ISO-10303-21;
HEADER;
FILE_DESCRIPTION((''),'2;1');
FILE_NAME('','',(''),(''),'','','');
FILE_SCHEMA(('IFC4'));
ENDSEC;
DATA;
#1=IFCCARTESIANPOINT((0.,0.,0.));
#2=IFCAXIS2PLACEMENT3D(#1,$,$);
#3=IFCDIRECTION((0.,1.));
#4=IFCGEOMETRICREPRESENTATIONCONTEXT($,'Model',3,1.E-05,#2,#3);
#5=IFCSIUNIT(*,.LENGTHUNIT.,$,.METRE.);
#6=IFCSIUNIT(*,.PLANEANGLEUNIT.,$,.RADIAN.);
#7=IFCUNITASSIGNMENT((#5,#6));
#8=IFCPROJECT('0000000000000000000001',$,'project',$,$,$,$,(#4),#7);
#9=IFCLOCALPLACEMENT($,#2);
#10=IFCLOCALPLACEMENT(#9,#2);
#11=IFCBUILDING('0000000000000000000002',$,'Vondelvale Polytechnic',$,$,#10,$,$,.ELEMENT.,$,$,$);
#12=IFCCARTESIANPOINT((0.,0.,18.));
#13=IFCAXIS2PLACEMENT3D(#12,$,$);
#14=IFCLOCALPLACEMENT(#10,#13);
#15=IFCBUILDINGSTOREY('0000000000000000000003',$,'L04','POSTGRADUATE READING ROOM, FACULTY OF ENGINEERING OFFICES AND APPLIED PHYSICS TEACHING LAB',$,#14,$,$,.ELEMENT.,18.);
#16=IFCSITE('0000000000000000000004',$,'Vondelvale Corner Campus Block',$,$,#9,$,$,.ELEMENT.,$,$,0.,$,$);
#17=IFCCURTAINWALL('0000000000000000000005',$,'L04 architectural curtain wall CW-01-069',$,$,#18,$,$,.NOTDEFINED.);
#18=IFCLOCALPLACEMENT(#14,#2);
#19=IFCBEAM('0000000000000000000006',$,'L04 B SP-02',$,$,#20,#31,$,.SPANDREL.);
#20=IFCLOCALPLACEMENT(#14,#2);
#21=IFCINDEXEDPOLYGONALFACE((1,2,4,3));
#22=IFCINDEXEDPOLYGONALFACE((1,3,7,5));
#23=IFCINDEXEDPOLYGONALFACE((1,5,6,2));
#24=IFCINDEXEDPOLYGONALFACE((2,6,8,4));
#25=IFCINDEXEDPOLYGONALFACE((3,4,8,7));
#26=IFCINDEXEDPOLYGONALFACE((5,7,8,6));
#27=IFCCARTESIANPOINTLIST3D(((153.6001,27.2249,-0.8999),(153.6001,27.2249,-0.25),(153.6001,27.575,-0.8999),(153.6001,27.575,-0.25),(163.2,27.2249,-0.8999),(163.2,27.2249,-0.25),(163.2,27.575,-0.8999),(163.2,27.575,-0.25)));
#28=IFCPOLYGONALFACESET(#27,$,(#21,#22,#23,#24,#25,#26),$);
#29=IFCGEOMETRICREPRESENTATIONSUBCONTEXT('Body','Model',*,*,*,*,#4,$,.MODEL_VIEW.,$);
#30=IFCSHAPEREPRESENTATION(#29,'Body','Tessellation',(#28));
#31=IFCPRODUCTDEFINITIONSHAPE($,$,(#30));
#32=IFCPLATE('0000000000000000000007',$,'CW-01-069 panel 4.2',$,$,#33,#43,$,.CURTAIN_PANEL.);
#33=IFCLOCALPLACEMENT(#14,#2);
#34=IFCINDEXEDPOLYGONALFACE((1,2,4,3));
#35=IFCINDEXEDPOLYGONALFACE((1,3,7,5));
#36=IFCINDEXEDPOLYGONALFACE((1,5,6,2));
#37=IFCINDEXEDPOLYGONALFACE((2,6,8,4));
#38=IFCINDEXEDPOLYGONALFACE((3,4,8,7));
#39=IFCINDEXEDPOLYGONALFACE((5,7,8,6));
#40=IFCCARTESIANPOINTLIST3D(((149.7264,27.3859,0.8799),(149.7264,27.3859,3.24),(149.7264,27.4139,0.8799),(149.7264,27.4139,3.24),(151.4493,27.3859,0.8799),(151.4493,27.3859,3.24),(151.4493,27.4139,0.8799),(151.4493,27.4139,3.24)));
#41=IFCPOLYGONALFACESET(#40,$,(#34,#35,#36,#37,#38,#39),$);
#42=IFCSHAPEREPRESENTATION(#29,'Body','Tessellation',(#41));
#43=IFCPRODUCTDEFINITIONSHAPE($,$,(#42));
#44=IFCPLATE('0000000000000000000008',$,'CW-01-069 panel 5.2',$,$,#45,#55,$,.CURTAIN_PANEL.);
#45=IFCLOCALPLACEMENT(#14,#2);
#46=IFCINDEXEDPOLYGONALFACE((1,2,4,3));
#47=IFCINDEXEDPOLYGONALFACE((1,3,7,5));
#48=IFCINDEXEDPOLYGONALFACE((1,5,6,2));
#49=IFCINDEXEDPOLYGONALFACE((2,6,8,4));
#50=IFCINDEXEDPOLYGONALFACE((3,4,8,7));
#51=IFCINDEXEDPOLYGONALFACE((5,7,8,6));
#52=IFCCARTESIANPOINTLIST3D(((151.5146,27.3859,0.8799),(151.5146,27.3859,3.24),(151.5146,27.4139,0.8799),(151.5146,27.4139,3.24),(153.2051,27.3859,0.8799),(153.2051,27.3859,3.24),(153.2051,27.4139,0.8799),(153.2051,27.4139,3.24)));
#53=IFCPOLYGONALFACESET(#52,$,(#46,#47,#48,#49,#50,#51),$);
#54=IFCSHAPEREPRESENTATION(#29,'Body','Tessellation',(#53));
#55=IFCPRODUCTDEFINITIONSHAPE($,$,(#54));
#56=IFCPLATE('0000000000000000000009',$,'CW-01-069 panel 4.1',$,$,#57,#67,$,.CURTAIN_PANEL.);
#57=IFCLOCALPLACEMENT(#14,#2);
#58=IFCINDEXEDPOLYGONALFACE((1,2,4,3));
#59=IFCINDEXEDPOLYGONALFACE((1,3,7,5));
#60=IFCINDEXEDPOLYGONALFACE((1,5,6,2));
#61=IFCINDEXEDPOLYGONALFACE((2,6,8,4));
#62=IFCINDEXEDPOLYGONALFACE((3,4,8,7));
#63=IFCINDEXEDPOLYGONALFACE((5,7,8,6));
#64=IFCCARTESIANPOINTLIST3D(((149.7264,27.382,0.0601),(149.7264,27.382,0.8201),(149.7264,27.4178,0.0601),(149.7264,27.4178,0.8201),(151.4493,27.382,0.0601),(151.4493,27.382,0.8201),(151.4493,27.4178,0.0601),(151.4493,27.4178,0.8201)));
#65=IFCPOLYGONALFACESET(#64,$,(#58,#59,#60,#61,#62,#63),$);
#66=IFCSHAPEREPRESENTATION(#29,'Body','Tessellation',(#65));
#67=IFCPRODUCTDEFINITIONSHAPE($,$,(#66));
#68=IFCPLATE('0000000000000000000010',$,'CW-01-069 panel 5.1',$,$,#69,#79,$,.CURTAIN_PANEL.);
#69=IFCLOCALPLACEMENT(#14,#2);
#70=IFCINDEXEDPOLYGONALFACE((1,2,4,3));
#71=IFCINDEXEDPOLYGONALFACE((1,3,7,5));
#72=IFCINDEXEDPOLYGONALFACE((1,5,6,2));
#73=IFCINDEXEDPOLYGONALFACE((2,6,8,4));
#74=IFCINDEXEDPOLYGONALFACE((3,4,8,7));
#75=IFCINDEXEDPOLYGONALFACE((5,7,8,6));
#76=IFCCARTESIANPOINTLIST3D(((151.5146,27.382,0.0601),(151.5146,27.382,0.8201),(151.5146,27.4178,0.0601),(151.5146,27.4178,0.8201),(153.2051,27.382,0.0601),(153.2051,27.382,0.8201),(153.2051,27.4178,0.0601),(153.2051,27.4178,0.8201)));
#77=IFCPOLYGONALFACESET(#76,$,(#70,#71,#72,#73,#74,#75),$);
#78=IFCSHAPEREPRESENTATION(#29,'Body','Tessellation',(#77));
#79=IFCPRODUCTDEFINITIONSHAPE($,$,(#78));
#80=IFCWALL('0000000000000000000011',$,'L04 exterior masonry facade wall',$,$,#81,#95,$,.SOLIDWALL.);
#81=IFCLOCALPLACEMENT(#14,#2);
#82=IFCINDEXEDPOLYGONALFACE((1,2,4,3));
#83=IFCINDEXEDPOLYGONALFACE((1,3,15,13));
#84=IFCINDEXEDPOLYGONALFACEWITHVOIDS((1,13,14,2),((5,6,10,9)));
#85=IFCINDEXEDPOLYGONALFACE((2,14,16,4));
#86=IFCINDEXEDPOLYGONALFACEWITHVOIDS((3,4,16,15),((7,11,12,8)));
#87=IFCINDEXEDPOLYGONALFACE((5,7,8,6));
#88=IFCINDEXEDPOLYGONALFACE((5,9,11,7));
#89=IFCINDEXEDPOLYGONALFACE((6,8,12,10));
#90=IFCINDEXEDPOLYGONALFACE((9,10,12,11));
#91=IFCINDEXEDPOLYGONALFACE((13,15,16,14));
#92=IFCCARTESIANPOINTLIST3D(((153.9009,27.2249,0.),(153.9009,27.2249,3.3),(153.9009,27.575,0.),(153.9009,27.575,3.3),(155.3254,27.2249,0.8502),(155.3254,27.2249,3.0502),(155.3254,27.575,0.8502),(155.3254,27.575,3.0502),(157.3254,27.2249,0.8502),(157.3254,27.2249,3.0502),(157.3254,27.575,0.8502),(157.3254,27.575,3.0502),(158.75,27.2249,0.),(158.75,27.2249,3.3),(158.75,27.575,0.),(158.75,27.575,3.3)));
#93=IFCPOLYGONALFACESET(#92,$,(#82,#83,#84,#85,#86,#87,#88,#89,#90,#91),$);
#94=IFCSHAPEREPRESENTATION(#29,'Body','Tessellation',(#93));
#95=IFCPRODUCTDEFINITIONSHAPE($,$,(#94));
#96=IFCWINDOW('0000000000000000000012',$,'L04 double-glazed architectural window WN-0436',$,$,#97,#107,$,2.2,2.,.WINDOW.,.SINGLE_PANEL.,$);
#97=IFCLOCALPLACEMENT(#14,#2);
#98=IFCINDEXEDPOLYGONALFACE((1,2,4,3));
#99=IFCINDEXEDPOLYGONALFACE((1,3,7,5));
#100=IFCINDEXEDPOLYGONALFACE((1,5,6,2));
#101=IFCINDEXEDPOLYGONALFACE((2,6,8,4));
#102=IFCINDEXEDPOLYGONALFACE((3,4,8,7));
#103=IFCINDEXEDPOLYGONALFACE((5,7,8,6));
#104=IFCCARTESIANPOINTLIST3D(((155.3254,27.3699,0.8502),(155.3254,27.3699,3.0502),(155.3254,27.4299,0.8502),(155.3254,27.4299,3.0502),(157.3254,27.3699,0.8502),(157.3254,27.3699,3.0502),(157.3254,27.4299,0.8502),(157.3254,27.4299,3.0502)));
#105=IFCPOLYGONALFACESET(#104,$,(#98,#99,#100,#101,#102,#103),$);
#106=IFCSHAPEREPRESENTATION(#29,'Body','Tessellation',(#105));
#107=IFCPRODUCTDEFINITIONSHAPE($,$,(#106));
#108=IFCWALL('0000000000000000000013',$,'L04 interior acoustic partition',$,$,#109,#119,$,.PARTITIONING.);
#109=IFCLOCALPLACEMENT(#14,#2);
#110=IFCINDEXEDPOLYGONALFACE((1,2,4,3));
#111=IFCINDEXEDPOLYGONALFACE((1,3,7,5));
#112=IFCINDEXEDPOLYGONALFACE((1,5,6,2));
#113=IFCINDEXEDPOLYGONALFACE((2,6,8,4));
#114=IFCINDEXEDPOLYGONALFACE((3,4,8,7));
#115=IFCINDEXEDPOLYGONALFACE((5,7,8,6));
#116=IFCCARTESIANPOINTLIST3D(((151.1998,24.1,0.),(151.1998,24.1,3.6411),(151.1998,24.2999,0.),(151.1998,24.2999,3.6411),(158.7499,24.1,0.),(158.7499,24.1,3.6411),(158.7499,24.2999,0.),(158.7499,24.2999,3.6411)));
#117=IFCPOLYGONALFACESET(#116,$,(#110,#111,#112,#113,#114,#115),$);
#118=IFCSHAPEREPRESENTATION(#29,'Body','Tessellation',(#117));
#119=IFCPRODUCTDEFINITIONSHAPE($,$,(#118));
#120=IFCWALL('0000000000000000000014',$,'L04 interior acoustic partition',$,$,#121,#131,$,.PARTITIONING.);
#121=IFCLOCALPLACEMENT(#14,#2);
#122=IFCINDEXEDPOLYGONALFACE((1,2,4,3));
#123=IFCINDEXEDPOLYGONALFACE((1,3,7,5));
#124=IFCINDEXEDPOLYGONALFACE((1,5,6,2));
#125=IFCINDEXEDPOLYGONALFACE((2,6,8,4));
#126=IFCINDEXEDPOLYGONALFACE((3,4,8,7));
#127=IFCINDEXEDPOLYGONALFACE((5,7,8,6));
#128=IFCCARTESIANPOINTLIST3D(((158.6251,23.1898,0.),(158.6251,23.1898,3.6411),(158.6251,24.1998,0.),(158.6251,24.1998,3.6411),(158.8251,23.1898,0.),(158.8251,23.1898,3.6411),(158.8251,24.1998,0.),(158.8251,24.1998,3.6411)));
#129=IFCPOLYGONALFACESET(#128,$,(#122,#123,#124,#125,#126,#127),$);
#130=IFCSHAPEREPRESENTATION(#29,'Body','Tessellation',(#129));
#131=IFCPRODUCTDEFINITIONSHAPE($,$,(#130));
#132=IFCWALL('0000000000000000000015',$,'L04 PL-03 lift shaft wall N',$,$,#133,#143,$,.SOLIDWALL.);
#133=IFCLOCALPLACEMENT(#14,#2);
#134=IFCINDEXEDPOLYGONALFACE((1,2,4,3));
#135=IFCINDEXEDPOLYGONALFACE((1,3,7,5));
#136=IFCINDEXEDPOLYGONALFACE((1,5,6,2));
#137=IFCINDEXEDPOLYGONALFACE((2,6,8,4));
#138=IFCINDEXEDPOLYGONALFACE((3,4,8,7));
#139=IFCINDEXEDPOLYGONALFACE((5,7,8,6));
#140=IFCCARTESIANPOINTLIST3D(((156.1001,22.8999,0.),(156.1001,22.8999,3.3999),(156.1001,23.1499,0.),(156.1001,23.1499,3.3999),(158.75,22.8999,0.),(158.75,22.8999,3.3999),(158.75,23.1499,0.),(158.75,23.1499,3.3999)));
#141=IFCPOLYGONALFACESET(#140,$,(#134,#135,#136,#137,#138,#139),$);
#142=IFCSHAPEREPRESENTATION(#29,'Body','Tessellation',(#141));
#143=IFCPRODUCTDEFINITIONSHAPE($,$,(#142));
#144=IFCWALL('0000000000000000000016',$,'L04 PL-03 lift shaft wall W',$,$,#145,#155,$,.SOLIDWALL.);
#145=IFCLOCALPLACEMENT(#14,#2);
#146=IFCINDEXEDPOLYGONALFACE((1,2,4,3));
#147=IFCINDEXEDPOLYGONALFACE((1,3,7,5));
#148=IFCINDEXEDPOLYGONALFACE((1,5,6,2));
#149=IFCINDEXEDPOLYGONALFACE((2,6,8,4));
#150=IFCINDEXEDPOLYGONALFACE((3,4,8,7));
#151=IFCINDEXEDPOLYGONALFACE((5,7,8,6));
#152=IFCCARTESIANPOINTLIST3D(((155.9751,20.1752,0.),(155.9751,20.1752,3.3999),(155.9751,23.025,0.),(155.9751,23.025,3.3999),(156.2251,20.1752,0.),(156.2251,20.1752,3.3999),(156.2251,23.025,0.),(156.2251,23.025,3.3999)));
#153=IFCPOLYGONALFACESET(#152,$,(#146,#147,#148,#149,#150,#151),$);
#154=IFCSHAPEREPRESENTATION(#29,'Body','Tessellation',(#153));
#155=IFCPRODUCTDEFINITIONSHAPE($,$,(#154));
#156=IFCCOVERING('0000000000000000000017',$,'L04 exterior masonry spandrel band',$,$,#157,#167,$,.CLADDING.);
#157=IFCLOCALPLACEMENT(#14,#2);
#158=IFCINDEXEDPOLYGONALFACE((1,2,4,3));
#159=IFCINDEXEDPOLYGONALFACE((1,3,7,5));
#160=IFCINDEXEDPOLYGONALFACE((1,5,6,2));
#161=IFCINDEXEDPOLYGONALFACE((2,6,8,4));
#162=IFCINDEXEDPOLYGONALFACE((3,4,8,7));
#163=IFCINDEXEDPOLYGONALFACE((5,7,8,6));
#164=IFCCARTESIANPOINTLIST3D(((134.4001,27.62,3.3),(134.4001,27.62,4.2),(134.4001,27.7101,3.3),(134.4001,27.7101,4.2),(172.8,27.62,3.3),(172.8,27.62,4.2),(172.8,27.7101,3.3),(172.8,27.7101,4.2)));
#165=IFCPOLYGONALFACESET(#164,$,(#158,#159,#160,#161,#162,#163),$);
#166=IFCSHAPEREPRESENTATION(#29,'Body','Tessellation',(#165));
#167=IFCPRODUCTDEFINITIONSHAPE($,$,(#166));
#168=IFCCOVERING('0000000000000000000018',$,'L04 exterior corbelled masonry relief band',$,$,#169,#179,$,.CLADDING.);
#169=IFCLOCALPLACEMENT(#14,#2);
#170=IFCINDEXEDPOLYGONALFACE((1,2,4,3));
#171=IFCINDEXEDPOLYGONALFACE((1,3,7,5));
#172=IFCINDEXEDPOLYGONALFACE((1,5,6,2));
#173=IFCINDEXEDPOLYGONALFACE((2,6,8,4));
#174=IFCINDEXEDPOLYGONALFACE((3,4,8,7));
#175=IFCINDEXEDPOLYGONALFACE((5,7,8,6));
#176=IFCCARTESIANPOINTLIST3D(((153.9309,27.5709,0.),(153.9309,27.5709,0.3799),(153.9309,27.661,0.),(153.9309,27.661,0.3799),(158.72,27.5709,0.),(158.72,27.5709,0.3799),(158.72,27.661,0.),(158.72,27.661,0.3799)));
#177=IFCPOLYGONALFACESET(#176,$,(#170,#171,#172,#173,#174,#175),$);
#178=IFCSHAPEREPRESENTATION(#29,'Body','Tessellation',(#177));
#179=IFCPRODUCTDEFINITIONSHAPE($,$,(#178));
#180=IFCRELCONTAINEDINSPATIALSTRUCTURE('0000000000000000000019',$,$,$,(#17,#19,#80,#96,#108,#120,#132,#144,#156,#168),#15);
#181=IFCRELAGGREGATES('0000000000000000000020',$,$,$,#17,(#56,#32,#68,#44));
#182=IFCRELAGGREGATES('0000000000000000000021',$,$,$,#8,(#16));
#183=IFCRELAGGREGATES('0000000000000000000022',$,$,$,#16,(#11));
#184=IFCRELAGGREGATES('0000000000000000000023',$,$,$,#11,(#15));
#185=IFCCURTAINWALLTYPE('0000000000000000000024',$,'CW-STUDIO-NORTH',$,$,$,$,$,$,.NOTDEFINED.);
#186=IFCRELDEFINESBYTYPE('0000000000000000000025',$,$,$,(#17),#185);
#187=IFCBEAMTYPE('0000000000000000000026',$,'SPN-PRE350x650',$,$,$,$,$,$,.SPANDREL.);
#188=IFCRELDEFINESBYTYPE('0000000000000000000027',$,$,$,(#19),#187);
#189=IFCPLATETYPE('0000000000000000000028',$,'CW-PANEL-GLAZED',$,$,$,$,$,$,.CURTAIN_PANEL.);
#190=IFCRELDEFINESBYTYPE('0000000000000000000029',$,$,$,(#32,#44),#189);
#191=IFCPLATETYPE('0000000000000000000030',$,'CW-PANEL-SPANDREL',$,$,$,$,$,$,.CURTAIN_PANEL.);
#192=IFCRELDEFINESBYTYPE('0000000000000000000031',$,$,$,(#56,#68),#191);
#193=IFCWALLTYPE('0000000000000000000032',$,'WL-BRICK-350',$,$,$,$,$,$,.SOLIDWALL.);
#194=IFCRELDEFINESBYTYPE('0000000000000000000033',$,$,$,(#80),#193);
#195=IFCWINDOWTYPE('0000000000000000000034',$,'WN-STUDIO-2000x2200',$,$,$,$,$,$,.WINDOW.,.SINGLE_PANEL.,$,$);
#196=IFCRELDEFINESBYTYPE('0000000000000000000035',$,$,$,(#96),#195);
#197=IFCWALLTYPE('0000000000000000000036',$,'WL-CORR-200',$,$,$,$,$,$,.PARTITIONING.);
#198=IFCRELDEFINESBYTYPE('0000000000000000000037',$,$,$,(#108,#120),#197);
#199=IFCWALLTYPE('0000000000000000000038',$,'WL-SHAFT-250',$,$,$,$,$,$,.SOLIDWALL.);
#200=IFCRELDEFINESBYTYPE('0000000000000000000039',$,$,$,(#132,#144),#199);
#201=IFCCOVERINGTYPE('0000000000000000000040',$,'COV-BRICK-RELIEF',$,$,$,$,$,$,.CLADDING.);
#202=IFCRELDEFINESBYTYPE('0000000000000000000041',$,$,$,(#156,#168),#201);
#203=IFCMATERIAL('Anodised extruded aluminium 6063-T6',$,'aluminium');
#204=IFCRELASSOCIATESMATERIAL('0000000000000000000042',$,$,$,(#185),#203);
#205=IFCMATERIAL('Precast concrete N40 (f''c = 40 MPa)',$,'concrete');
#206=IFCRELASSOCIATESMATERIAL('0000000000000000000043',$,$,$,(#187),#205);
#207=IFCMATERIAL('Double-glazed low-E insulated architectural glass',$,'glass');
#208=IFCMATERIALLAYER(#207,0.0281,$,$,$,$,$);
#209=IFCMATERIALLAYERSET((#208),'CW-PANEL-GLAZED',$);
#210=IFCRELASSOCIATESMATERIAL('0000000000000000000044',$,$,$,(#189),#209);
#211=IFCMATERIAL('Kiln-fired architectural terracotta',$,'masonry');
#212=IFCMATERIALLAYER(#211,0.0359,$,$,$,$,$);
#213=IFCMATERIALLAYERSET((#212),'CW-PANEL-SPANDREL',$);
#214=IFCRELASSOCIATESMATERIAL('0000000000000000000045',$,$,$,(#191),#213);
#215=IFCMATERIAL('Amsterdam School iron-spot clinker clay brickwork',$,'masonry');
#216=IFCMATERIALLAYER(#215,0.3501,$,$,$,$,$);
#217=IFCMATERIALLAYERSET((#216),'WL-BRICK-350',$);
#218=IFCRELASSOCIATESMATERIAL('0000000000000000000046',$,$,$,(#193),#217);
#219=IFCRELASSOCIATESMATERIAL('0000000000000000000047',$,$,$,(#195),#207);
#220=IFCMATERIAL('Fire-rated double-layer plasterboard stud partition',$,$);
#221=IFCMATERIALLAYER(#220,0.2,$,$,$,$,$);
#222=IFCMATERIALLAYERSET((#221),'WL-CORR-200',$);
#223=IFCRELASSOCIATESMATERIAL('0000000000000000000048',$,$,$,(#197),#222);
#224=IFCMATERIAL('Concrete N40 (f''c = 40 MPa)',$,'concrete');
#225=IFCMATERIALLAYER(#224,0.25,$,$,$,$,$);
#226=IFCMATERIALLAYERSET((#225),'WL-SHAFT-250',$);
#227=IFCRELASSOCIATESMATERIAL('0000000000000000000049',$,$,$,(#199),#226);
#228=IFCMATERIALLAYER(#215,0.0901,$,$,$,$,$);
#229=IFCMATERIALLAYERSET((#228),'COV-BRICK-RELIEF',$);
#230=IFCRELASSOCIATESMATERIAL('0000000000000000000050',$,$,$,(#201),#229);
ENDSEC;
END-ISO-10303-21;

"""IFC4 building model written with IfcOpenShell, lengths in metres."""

from ifc_helpers import new_model, si_unit, direction, frame, frame_2d, origin, origin_2d, place, context, subcontext, project, spatial, rectangle, extrude, material, layer, layer_set, material_profile, profile_set, type_object, element, fill, aggregate, save


model = new_model("IFC4")

# Units and contexts
model_context = context("Model", 3, precision=1e-05, world=origin(), true_north=direction((0.0, 1.0)))
body_context = subcontext(model_context, "Body", "Model", "MODEL_VIEW")
ifc_project = project(units=[si_unit("LENGTHUNIT", "METRE"), si_unit("PLANEANGLEUNIT", "RADIAN")], contexts=[model_context])

# Site, building, storey
site_placement = place(None, origin())
site = spatial("IfcSite", under=ifc_project, at=site_placement, Name="Vondelvale Corner Campus Block", CompositionType="ELEMENT", RefElevation=0.0)
building_placement = place(site_placement, origin())
building = spatial("IfcBuilding", under=site, at=building_placement, Name="Vondelvale Polytechnic", CompositionType="ELEMENT")
storey_placement = place(building_placement, frame((0.0, 0.0, 18.0)))
storey = spatial("IfcBuildingStorey", under=building, at=storey_placement, Name="L04", Description="POSTGRADUATE READING ROOM, FACULTY OF ENGINEERING OFFICES AND APPLIED PHYSICS TEACHING LAB", CompositionType="ELEMENT", Elevation=18.0)

# Shared definitions
ifc_material_1 = material(Name="Concrete N40 (f'c = 40 MPa)", Category="concrete")

# Curtain wall
ifc_material_2 = material(Name="Anodised extruded aluminium 6063-T6", Category="aluminium")
curtain_wall_type = type_object("IfcCurtainWallType", Name="CW-STUDIO-NORTH", PredefinedType="NOTDEFINED", material=ifc_material_2)
curtain_wall_placement = place(storey_placement, origin())
curtain_wall = element("IfcCurtainWall", 1, at=curtain_wall_placement, inside=storey, type_object=curtain_wall_type, Name="L04 architectural curtain wall CW-01-069", PredefinedType="NOTDEFINED")

# Beam
ifc_material_3 = material(Name="Precast concrete N40 (f'c = 40 MPa)", Category="concrete")
ifc_material_profile_1 = material_profile(ifc_material_3, rectangle(XDim=0.3501, YDim=0.6499, at=origin_2d()), Name="RC-SPN-350x650")
ifc_profile_set_1 = profile_set([ifc_material_profile_1], Name="Precast concrete N40 (f'c = 40 MPa)")
beam_type_1 = type_object("IfcBeamType", Name="SPN-PRE350x650", PredefinedType="SPANDREL", material=ifc_profile_set_1)
beam_1_placement = place(storey_placement, frame((153.6001, 27.3999, -0.575), z_axis=(1.0, 0.0, 0.0), x_axis=(0.0, 1.0, 0.0)))
element("IfcBeam", 2, at=beam_1_placement, inside=storey, type_object=beam_type_1, Name="L04 B SP-02", PredefinedType="SPANDREL", context=body_context, shape_type="SweptSolid", body=[
    extrude(rectangle(XDim=0.3501, YDim=0.6499, at=origin_2d()), origin(), (0.0, 0.0, 1.0), 9.5999),
])

# Plates
ifc_material_4 = material(Name="Double-glazed low-E insulated architectural glass", Category="glass")
ifc_layer_1 = layer(ifc_material_4, 0.0281)
ifc_layer_set_1 = layer_set([ifc_layer_1], Name="CW-PANEL-GLAZED")
plate_type_1 = type_object("IfcPlateType", Name="CW-PANEL-GLAZED", PredefinedType="CURTAIN_PANEL", material=ifc_layer_set_1)
plate_1_placement = place(storey_placement, frame((150.5879, 27.3999, 0.8799), z_axis=(0.0, 0.0, 1.0), x_axis=(1.0, 0.0, 0.0)))
plate_1 = element("IfcPlate", 3, at=plate_1_placement, type_object=plate_type_1, Name="CW-01-069 panel 4.2", PredefinedType="CURTAIN_PANEL", context=body_context, shape_type="SweptSolid", body=[
    extrude(rectangle(XDim=1.7229, YDim=0.0281, at=origin_2d()), origin(), (0.0, 0.0, 1.0), 2.3601),
])
plate_2_placement = place(storey_placement, frame((152.3599, 27.3999, 0.8799), z_axis=(0.0, 0.0, 1.0), x_axis=(1.0, 0.0, 0.0)))
plate_2 = element("IfcPlate", 4, at=plate_2_placement, type_object=plate_type_1, Name="CW-01-069 panel 5.2", PredefinedType="CURTAIN_PANEL", context=body_context, shape_type="SweptSolid", body=[
    extrude(rectangle(XDim=1.6904, YDim=0.0281, at=origin_2d()), origin(), (0.0, 0.0, 1.0), 2.3601),
])
ifc_material_5 = material(Name="Kiln-fired architectural terracotta", Category="masonry")
ifc_layer_2 = layer(ifc_material_5, 0.0359)
ifc_layer_set_2 = layer_set([ifc_layer_2], Name="CW-PANEL-SPANDREL")
plate_type_2 = type_object("IfcPlateType", Name="CW-PANEL-SPANDREL", PredefinedType="CURTAIN_PANEL", material=ifc_layer_set_2)
plate_3_placement = place(storey_placement, frame((150.5879, 27.3999, 0.0601), z_axis=(0.0, 0.0, 1.0), x_axis=(1.0, 0.0, 0.0)))
plate_3 = element("IfcPlate", 5, at=plate_3_placement, type_object=plate_type_2, Name="CW-01-069 panel 4.1", PredefinedType="CURTAIN_PANEL", context=body_context, shape_type="SweptSolid", body=[
    extrude(rectangle(XDim=1.7229, YDim=0.0359, at=origin_2d()), origin(), (0.0, 0.0, 1.0), 0.76),
])
plate_4_placement = place(storey_placement, frame((152.3599, 27.3999, 0.0601), z_axis=(0.0, 0.0, 1.0), x_axis=(1.0, 0.0, 0.0)))
plate_4 = element("IfcPlate", 6, at=plate_4_placement, type_object=plate_type_2, Name="CW-01-069 panel 5.1", PredefinedType="CURTAIN_PANEL", context=body_context, shape_type="SweptSolid", body=[
    extrude(rectangle(XDim=1.6904, YDim=0.0359, at=origin_2d()), origin(), (0.0, 0.0, 1.0), 0.76),
])
aggregate(curtain_wall, [plate_3, plate_1, plate_4, plate_2])

# Wall, opening, window
ifc_material_6 = material(Name="Amsterdam School iron-spot clinker clay brickwork", Category="masonry")
ifc_layer_3 = layer(ifc_material_6, 0.3501)
ifc_layer_set_3 = layer_set([ifc_layer_3], Name="WL-BRICK-350")
wall_type_1 = type_object("IfcWallType", Name="WL-BRICK-350", PredefinedType="SOLIDWALL", material=ifc_layer_set_3)
wall_1_placement = place(storey_placement, frame((153.9009, 27.3999, 0.0), z_axis=(0.0, 0.0, 1.0), x_axis=(1.0, 0.0, 0.0)))
wall_1 = element("IfcWall", 7, at=wall_1_placement, inside=storey, type_object=wall_type_1, Name="L04 exterior masonry facade wall", PredefinedType="SOLIDWALL", context=body_context, shape_type="SweptSolid", body=[
    extrude(rectangle(XDim=4.8491, YDim=0.3501, at=frame_2d((2.4246, 0.0))), origin(), (0.0, 0.0, 1.0), 3.3),
])
opening_placement = place(wall_1_placement, frame((1.4246, 0.0, 0.8501)))
opening = element("IfcOpeningElement", 8, at=opening_placement, cuts=wall_1, PredefinedType="OPENING", context=body_context, shape_type="SweptSolid", body=[
    extrude(rectangle(XDim=2.0, YDim=2.2, at=frame_2d((1.0, 1.1001))), frame((0.0, 0.1851, 0.0), z_axis=(0.0, -1.0, 0.0), x_axis=(1.0, 0.0, 0.0)), (0.0, 0.0, 1.0), 0.3701),
])
window_type = type_object("IfcWindowType", Name="WN-STUDIO-2000x2200", PartitioningType="SINGLE_PANEL", PredefinedType="WINDOW", material=ifc_material_4)
window_placement = place(opening_placement, origin())
window = element("IfcWindow", 9, at=window_placement, inside=storey, type_object=window_type, Name="L04 double-glazed architectural window WN-0436", OverallHeight=2.2, OverallWidth=2.0, PartitioningType="SINGLE_PANEL", PredefinedType="WINDOW", context=body_context, shape_type="SweptSolid", body=[
    extrude(rectangle(XDim=2.0, YDim=2.2, at=frame_2d((1.0, 1.1001))), frame((0.0, 0.03, 0.0), z_axis=(0.0, -1.0, 0.0), x_axis=(1.0, 0.0, 0.0)), (0.0, 0.0, 1.0), 0.0601),
])
fill(opening, window)

# Walls
ifc_material_7 = material(Name="Fire-rated double-layer plasterboard stud partition")
ifc_layer_4 = layer(ifc_material_7, 0.2)
ifc_layer_set_4 = layer_set([ifc_layer_4], Name="WL-CORR-200")
wall_type_2 = type_object("IfcWallType", Name="WL-CORR-200", PredefinedType="PARTITIONING", material=ifc_layer_set_4)
wall_2_placement = place(storey_placement, frame((151.2, 24.2, 0.0), z_axis=(0.0, 0.0, 1.0), x_axis=(1.0, 0.0, 0.0)))
element("IfcWall", 10, at=wall_2_placement, inside=storey, type_object=wall_type_2, Name="L04 interior acoustic partition", PredefinedType="PARTITIONING", context=body_context, shape_type="SweptSolid", body=[
    extrude(rectangle(XDim=7.55, YDim=0.2, at=frame_2d((3.7749, 0.0))), origin(), (0.0, 0.0, 1.0), 3.6411),
])
wall_3_placement = place(storey_placement, frame((158.7251, 23.1899, 0.0), z_axis=(0.0, 0.0, 1.0), x_axis=(0.0, 1.0, 0.0)))
element("IfcWall", 11, at=wall_3_placement, inside=storey, type_object=wall_type_2, Name="L04 interior acoustic partition", PredefinedType="PARTITIONING", context=body_context, shape_type="SweptSolid", body=[
    extrude(rectangle(XDim=1.01, YDim=0.2, at=frame_2d((0.5049, 0.0))), origin(), (0.0, 0.0, 1.0), 3.6411),
])
ifc_layer_5 = layer(ifc_material_1, 0.25)
ifc_layer_set_5 = layer_set([ifc_layer_5], Name="WL-SHAFT-250")
wall_type_3 = type_object("IfcWallType", Name="WL-SHAFT-250", PredefinedType="SOLIDWALL", material=ifc_layer_set_5)
wall_4_placement = place(storey_placement, frame((158.75, 23.0249, 0.0), z_axis=(0.0, 0.0, 1.0), x_axis=(-1.0, 0.0, 0.0)))
element("IfcWall", 12, at=wall_4_placement, inside=storey, type_object=wall_type_3, Name="L04 PL-03 lift shaft wall N", PredefinedType="SOLIDWALL", context=body_context, shape_type="SweptSolid", body=[
    extrude(rectangle(XDim=2.6499, YDim=0.25, at=frame_2d((1.325, 0.0))), origin(), (0.0, 0.0, 1.0), 3.3999),
])
wall_5_placement = place(storey_placement, frame((156.1001, 23.0249, 0.0), z_axis=(0.0, 0.0, 1.0), x_axis=(0.0, -1.0, 0.0)))
element("IfcWall", 13, at=wall_5_placement, inside=storey, type_object=wall_type_3, Name="L04 PL-03 lift shaft wall W", PredefinedType="SOLIDWALL", context=body_context, shape_type="SweptSolid", body=[
    extrude(rectangle(XDim=2.8499, YDim=0.25, at=frame_2d((1.4248, 0.0))), origin(), (0.0, 0.0, 1.0), 3.3999),
])

# Coverings
ifc_layer_6 = layer(ifc_material_6, 0.0901)
ifc_layer_set_6 = layer_set([ifc_layer_6], Name="COV-BRICK-RELIEF")
covering_type = type_object("IfcCoveringType", Name="COV-BRICK-RELIEF", PredefinedType="CLADDING", material=ifc_layer_set_6)
covering_1_placement = place(storey_placement, frame((153.6001, 27.665, 3.3), z_axis=(0.0, 0.0, 1.0), x_axis=(1.0, 0.0, 0.0)))
element("IfcCovering", 14, at=covering_1_placement, inside=storey, type_object=covering_type, Name="L04 exterior masonry spandrel band", PredefinedType="CLADDING", context=body_context, shape_type="SweptSolid", body=[
    extrude(rectangle(XDim=38.3999, YDim=0.0901, at=origin_2d()), origin(), (0.0, 0.0, 1.0), 0.8999),
])
covering_2_placement = place(storey_placement, frame((156.3254, 27.616, 0.0), z_axis=(0.0, 0.0, 1.0), x_axis=(1.0, 0.0, 0.0)))
element("IfcCovering", 15, at=covering_2_placement, inside=storey, type_object=covering_type, Name="L04 exterior corbelled masonry relief band", PredefinedType="CLADDING", context=body_context, shape_type="SweptSolid", body=[
    extrude(rectangle(XDim=4.7891, YDim=0.0901, at=origin_2d()), origin(), (0.0, 0.0, 1.0), 0.3799),
])

save(model, "model.ifc")
